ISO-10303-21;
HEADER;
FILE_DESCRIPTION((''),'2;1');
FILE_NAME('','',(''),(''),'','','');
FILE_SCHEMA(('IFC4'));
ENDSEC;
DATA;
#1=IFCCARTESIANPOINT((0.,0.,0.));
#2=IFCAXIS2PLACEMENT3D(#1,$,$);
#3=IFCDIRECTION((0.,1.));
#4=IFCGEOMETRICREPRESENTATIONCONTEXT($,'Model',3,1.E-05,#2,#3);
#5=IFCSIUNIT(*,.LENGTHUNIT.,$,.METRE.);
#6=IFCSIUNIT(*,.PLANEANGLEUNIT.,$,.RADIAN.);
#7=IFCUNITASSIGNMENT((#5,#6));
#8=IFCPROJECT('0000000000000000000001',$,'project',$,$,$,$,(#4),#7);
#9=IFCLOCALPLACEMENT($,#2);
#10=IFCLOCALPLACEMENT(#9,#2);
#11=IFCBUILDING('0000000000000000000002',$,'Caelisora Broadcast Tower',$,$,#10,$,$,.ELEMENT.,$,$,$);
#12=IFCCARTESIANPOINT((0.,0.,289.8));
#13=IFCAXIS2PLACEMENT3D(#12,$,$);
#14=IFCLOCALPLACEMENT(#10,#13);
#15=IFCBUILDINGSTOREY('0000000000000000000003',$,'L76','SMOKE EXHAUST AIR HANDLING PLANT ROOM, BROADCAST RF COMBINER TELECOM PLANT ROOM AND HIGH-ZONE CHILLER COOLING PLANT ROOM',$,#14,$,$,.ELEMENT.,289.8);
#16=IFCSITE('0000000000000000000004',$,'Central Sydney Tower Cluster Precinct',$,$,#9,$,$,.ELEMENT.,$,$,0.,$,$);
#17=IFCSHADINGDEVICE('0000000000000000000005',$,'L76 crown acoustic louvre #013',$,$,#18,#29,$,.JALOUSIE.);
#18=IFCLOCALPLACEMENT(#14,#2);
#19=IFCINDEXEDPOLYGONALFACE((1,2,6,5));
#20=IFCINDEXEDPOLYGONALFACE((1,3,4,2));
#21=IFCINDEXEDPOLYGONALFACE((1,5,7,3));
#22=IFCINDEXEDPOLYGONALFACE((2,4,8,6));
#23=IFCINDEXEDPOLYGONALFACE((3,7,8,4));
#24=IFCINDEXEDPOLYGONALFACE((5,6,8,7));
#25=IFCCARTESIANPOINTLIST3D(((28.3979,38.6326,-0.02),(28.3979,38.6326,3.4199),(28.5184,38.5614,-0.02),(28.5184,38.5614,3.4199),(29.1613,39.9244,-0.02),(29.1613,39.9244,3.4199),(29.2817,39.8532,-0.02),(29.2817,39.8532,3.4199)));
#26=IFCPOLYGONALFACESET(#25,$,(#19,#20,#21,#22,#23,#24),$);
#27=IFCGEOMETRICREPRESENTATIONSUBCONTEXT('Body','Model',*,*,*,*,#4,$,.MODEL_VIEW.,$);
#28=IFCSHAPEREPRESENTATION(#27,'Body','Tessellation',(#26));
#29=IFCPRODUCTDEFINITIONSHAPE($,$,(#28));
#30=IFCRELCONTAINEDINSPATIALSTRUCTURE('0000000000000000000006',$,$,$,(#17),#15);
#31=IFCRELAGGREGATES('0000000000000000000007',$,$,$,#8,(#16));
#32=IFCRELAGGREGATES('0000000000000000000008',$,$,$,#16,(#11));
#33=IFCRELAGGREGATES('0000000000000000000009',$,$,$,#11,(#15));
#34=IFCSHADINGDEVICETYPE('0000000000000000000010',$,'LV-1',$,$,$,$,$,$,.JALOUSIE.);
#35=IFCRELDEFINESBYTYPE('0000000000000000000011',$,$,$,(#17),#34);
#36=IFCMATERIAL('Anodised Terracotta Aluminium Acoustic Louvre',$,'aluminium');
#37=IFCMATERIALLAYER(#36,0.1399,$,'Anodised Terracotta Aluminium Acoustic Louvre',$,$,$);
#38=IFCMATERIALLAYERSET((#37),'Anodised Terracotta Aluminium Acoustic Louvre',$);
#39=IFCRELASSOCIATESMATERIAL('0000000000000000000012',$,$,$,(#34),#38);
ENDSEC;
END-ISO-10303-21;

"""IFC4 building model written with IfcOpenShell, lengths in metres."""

from ifc_helpers import new_model, si_unit, direction, frame, origin, origin_2d, place, context, subcontext, project, spatial, rectangle, extrude, source, transform, mapped, material, layer, layer_set, type_object, element, save


model = new_model("IFC4")

# Units and contexts
model_context = context("Model", 3, precision=1e-05, world=origin(), true_north=direction((0.0, 1.0)))
body_context = subcontext(model_context, "Body", "Model", "MODEL_VIEW")
ifc_project = project(units=[si_unit("LENGTHUNIT", "METRE"), si_unit("PLANEANGLEUNIT", "RADIAN")], contexts=[model_context])

# Site, building, storey
site_placement = place(None, origin())
site = spatial("IfcSite", under=ifc_project, at=site_placement, Name="Central Sydney Tower Cluster Precinct", CompositionType="ELEMENT", RefElevation=0.0)
building_placement = place(site_placement, origin())
building = spatial("IfcBuilding", under=site, at=building_placement, Name="Caelisora Broadcast Tower", CompositionType="ELEMENT")
storey_placement = place(building_placement, frame((0.0, 0.0, 289.8)))
storey = spatial("IfcBuildingStorey", under=building, at=storey_placement, Name="L76", Description="SMOKE EXHAUST AIR HANDLING PLANT ROOM, BROADCAST RF COMBINER TELECOM PLANT ROOM AND HIGH-ZONE CHILLER COOLING PLANT ROOM", CompositionType="ELEMENT", Elevation=289.8)

# Shading device
ifc_material_1 = material(Name="Anodised Terracotta Aluminium Acoustic Louvre", Category="aluminium")
ifc_layer_1 = layer(ifc_material_1, 0.1399, Name="Anodised Terracotta Aluminium Acoustic Louvre")
ifc_layer_set_1 = layer_set([ifc_layer_1], Name="Anodised Terracotta Aluminium Acoustic Louvre")
shading_device_type = type_object("IfcShadingDeviceType", Name="LV-1", PredefinedType="JALOUSIE", material=ifc_layer_set_1)
shared_shape_1 = source(origin(), body_context, "Body", "SweptSolid", [
    extrude(rectangle(XDim=1.5005, YDim=0.1399, at=origin_2d()), origin(), (0.0, 0.0, 1.0), 3.4399),
])
for number, where, z_axis, x_axis, name in (
    (1, (28.8398, 39.2429, -0.02), (0.0, 0.0, 1.0), (-0.508741, -0.86092, 0.0), "L76 crown acoustic louvre #013"),
):
    element("IfcShadingDevice", number, at=place(storey_placement, frame(where, z_axis=z_axis, x_axis=x_axis)), inside=storey, type_object=shading_device_type, Name=name, PredefinedType="JALOUSIE", context=body_context, shape_type="MappedRepresentation", body=[
        mapped(shared_shape_1, transform((0.0, 0.0, 0.0), scale=1.0)),
    ])

save(model, "model.ifc")
